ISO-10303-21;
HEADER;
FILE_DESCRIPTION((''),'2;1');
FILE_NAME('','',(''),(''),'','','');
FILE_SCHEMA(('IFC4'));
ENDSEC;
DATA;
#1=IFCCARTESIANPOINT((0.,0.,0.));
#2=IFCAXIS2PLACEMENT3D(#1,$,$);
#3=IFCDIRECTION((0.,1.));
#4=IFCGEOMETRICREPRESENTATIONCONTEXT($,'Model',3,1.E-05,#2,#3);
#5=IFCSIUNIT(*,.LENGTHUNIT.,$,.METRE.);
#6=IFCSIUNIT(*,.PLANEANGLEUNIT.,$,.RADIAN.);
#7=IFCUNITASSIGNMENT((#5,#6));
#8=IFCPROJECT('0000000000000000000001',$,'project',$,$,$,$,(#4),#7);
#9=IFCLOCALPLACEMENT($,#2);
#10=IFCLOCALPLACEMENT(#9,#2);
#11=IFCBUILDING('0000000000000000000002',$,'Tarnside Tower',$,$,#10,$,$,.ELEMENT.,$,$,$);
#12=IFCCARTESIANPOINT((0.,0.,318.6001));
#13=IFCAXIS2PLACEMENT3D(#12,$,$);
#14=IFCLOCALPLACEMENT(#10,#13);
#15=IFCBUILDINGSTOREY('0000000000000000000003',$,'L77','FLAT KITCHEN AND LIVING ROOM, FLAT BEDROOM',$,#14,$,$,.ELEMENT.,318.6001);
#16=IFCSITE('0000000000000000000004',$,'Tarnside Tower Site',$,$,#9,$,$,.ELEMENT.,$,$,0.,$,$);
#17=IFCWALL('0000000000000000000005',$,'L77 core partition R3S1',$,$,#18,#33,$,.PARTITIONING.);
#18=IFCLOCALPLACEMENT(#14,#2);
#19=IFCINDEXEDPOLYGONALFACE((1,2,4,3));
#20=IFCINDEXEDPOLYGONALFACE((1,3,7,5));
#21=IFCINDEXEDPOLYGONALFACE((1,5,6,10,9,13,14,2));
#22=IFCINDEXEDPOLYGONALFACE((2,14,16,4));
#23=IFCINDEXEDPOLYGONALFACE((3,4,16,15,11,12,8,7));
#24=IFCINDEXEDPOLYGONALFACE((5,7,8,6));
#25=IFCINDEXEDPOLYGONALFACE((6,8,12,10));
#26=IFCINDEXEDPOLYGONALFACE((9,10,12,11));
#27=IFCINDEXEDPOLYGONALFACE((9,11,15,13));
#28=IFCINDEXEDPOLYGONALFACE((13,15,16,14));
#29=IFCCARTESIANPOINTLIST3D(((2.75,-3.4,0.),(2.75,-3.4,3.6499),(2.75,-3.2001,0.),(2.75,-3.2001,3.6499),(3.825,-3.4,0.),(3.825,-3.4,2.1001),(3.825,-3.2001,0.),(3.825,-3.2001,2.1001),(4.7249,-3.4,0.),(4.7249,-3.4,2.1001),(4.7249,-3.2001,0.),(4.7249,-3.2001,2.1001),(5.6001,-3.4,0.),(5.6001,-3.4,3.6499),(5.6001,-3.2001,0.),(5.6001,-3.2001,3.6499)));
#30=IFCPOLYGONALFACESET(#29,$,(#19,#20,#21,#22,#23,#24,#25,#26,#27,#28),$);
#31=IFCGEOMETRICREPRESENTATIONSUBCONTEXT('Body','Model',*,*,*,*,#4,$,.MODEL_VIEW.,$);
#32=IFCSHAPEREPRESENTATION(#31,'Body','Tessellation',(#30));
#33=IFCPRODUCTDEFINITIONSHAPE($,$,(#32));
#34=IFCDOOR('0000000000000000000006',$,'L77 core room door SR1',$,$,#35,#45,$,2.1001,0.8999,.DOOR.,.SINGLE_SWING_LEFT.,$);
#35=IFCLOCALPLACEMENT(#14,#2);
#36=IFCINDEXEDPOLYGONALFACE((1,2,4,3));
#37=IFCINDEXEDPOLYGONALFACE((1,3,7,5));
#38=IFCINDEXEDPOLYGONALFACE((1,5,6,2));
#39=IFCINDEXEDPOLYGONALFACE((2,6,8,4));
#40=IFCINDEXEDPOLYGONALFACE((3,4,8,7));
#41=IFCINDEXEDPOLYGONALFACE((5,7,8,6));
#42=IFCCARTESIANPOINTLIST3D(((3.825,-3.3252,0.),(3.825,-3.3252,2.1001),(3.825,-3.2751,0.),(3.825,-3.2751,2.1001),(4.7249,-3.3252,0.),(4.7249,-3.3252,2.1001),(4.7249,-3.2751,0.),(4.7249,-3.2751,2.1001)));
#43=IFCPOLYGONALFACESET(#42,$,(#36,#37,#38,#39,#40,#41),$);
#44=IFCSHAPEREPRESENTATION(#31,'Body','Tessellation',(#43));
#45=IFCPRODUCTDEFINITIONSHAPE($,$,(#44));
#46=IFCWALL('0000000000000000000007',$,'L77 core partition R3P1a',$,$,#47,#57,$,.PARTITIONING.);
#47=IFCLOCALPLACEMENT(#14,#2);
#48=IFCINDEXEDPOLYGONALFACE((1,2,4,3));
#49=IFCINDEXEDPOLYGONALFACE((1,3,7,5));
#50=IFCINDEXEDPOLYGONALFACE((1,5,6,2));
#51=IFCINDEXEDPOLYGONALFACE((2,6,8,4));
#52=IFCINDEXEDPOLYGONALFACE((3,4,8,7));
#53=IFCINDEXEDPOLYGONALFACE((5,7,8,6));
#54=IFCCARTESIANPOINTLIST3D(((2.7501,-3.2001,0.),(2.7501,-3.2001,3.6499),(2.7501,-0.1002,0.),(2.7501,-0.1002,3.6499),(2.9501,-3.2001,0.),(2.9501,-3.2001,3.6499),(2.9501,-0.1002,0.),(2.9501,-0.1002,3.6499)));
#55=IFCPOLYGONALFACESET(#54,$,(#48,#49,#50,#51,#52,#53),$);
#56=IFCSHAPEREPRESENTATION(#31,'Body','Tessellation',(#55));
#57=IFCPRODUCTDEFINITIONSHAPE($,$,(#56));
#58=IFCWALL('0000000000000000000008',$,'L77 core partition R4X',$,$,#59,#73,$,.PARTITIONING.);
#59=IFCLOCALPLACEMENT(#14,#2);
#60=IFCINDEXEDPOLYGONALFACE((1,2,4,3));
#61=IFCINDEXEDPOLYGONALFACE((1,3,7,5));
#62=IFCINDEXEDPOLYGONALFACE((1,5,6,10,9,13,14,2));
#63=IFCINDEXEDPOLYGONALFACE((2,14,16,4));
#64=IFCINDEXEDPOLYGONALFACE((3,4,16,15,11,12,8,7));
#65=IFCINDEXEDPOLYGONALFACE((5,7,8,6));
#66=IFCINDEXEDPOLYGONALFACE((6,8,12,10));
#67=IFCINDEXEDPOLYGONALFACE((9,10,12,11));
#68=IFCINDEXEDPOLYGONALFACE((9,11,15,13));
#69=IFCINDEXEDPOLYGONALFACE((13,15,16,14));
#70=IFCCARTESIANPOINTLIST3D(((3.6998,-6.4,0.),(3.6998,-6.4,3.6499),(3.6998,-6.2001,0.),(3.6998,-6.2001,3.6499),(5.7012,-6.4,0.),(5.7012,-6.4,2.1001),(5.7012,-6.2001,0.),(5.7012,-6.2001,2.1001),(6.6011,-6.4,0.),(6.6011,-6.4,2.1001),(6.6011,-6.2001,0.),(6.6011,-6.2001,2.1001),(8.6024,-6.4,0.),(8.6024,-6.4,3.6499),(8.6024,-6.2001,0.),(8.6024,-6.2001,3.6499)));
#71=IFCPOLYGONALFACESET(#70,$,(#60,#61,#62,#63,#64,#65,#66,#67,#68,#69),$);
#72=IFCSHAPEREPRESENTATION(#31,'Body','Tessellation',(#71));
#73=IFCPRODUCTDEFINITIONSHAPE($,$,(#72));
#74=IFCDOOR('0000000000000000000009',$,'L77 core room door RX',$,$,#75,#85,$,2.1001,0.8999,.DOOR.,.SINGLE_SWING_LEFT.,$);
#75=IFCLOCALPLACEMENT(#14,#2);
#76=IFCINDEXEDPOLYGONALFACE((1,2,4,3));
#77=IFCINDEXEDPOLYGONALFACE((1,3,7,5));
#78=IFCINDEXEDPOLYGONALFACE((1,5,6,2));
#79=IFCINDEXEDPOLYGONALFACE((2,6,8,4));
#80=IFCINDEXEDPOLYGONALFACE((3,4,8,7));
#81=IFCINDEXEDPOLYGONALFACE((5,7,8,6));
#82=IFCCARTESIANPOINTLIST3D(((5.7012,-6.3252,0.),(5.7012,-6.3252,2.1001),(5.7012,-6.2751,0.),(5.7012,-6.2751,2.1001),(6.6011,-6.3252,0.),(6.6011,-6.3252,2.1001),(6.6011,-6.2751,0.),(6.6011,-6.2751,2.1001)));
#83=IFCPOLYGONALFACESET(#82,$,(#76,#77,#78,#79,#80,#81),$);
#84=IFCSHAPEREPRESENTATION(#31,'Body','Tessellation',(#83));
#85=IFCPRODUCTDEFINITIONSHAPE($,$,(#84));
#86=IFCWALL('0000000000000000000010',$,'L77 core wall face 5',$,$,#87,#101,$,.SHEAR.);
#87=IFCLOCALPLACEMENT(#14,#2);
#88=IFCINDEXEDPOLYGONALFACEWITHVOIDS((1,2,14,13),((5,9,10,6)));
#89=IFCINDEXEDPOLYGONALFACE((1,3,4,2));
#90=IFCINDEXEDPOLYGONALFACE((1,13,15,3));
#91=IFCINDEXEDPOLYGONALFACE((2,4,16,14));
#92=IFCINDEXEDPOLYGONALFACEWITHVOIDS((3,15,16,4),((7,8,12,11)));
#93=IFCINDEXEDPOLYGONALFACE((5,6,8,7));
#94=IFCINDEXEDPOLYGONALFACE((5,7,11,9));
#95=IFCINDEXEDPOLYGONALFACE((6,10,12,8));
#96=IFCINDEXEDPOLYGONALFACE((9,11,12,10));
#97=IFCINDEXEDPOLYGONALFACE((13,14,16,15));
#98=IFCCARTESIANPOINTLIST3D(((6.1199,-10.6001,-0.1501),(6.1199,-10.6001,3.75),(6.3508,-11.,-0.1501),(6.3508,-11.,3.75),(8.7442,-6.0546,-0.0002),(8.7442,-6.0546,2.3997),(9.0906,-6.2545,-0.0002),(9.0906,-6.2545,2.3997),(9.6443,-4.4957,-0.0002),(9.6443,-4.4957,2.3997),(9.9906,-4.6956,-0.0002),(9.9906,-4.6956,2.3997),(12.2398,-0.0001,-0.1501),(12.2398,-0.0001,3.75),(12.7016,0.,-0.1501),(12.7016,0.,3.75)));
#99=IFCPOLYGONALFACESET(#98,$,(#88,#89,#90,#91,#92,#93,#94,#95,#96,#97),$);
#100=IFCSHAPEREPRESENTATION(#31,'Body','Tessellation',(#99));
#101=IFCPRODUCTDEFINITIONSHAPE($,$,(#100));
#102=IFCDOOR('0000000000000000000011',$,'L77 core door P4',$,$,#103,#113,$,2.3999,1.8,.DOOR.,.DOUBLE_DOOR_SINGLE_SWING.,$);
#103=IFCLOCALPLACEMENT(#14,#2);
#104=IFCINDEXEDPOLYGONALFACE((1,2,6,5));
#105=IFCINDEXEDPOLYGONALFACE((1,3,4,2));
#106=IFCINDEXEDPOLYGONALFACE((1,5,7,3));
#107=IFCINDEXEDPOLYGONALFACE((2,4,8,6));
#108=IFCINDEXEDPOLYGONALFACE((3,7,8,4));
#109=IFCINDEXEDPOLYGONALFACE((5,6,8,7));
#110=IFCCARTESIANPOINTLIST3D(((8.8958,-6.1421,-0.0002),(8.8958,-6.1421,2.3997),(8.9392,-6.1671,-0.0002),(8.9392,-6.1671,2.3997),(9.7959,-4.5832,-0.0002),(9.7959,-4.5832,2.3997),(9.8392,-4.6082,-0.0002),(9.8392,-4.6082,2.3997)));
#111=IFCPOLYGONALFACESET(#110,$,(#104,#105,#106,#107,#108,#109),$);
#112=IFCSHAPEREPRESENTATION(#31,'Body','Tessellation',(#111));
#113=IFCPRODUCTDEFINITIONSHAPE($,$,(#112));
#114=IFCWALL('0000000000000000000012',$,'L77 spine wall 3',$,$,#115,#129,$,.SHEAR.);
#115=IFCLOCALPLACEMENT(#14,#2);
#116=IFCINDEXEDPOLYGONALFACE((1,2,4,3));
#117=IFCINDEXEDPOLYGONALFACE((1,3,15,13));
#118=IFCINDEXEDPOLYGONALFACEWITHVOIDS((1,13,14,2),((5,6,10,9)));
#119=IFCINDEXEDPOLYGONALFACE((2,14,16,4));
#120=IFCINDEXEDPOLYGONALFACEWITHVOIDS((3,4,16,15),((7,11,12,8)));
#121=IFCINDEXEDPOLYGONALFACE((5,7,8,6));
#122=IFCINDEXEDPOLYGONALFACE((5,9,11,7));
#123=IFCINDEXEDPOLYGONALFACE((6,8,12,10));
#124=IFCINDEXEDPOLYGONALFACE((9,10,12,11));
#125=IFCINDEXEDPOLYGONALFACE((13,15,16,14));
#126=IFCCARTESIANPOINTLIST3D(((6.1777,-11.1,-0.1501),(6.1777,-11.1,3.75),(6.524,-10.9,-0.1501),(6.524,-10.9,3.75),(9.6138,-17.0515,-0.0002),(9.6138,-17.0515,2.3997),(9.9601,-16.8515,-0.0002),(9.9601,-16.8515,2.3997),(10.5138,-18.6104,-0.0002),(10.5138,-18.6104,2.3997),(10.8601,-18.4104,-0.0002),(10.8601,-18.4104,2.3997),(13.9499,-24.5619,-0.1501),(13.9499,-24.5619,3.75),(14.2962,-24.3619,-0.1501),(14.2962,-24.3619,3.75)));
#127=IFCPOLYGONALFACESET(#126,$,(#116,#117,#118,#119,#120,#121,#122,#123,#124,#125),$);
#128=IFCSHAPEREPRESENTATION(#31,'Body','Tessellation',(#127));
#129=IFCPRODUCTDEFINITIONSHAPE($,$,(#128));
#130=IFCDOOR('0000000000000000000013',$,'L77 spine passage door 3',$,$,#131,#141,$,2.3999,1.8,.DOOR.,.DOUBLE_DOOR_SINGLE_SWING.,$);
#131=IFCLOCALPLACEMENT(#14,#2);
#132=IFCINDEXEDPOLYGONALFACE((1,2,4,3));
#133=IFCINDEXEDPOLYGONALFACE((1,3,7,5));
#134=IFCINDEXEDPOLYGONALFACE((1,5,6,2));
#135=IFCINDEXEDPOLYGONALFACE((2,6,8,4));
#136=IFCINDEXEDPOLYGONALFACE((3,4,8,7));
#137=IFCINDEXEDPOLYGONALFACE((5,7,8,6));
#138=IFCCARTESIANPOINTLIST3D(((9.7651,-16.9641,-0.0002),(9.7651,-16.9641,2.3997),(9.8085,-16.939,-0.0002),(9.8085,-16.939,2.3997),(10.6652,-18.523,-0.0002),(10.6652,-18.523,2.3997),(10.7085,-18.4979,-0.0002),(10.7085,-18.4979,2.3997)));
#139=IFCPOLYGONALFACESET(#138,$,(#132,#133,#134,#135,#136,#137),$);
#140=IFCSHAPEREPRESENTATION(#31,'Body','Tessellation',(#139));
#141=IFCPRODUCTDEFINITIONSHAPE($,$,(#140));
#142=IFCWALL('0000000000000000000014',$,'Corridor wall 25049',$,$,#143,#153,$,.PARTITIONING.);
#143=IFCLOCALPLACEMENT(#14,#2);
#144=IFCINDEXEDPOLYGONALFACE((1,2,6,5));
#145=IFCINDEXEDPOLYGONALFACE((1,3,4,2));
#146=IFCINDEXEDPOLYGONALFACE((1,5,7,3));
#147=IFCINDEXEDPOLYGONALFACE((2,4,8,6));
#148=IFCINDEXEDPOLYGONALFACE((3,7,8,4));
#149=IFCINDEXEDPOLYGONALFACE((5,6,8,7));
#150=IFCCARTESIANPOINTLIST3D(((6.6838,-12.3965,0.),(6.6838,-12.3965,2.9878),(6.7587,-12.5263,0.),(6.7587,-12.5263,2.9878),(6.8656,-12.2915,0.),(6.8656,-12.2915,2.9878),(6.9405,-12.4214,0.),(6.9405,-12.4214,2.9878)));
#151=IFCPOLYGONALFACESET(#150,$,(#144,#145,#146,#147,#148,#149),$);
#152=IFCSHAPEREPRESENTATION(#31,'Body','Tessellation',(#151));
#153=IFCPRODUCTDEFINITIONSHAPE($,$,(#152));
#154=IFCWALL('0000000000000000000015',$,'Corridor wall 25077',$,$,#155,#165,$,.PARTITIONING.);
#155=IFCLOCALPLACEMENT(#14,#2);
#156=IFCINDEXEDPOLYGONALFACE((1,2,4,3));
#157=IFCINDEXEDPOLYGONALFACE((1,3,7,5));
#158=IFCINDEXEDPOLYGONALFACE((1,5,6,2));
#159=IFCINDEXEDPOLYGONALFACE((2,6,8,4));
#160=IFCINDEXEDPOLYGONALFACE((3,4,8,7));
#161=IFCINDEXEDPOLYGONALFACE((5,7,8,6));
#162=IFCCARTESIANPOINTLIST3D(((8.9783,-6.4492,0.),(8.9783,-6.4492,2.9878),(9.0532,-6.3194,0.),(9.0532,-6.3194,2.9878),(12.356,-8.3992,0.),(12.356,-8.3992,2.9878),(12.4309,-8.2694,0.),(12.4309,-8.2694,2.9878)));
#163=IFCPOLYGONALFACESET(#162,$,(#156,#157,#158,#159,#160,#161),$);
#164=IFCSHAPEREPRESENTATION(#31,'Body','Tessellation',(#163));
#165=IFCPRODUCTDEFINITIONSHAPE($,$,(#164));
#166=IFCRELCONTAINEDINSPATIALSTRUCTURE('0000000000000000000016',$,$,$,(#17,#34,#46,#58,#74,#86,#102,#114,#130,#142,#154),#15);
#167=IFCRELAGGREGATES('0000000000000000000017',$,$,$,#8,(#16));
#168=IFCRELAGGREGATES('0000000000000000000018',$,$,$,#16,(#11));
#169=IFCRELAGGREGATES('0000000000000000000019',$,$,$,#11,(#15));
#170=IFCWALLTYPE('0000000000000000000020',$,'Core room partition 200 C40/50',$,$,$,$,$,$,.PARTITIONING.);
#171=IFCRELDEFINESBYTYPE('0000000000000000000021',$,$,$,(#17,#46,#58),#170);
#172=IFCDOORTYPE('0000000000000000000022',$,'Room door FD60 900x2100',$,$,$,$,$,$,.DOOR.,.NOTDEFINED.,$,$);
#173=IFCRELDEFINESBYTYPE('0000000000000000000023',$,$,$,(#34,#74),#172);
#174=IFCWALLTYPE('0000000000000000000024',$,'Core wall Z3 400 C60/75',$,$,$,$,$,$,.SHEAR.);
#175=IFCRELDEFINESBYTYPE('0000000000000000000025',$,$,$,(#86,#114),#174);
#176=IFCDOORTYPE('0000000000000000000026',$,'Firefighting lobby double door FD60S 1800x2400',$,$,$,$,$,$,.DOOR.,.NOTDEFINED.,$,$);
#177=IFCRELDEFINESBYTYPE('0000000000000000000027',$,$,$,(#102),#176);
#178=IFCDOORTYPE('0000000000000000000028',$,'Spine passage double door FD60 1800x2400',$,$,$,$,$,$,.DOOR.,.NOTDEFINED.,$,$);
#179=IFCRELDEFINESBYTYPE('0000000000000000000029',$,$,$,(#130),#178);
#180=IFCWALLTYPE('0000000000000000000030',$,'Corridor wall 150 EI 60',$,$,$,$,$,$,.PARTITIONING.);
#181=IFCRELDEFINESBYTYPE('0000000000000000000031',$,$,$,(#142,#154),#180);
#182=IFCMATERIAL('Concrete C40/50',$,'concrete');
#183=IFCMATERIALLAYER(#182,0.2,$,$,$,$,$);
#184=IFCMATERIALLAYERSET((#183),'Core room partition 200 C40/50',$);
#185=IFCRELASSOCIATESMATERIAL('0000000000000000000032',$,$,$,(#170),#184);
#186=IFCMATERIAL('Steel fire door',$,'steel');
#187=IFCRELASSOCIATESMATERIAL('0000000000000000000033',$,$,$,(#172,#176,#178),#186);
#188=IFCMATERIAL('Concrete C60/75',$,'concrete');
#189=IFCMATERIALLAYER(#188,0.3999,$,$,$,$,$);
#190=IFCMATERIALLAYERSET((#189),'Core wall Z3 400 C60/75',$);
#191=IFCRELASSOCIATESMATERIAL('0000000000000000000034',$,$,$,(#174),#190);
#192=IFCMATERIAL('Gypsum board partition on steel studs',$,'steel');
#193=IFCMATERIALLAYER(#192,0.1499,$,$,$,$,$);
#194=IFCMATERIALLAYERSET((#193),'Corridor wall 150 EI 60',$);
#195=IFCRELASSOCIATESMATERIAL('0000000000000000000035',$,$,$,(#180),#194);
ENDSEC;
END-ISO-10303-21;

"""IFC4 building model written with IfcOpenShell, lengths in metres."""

from ifc_helpers import new_model, si_unit, direction, frame, frame_2d, origin, place, context, subcontext, project, spatial, polyline, rectangle, outline, extrude, material, layer, layer_set, type_object, element, fill, save


model = new_model("IFC4")

# Units and contexts
model_context = context("Model", 3, precision=1e-05, world=origin(), true_north=direction((0.0, 1.0)))
body_context = subcontext(model_context, "Body", "Model", "MODEL_VIEW")
ifc_project = project(units=[si_unit("LENGTHUNIT", "METRE"), si_unit("PLANEANGLEUNIT", "RADIAN")], contexts=[model_context])

# Site, building, storey
site_placement = place(None, origin())
site = spatial("IfcSite", under=ifc_project, at=site_placement, Name="Tarnside Tower Site", CompositionType="ELEMENT", RefElevation=0.0)
building_placement = place(site_placement, origin())
building = spatial("IfcBuilding", under=site, at=building_placement, Name="Tarnside Tower", CompositionType="ELEMENT")
storey_placement = place(building_placement, frame((0.0, 0.0, 318.6001)))
storey = spatial("IfcBuildingStorey", under=building, at=storey_placement, Name="L77", Description="FLAT KITCHEN AND LIVING ROOM, FLAT BEDROOM", CompositionType="ELEMENT", Elevation=318.6001)

# Wall, opening, door
ifc_material_1 = material(Name="Concrete C40/50", Category="concrete")
ifc_layer_1 = layer(ifc_material_1, 0.2)
ifc_layer_set_1 = layer_set([ifc_layer_1], Name="Core room partition 200 C40/50")
wall_type_1 = type_object("IfcWallType", Name="Core room partition 200 C40/50", PredefinedType="PARTITIONING", material=ifc_layer_set_1)
wall_1_placement = place(storey_placement, frame((2.75, -3.3, 0.0), z_axis=(0.0, 0.0, 1.0), x_axis=(1.0, 0.0, 0.0)))
wall_1 = element("IfcWall", 1, at=wall_1_placement, inside=storey, type_object=wall_type_1, Name="L77 core partition R3S1", PredefinedType="PARTITIONING", context=body_context, shape_type="SweptSolid", body=[
    extrude(rectangle(XDim=2.8501, YDim=0.2, at=frame_2d((1.425, 0.0))), origin(), (0.0, 0.0, 1.0), 3.6499),
])
opening_1_placement = place(wall_1_placement, frame((1.075, 0.0, 0.0)))
opening_1 = element("IfcOpeningElement", 2, at=opening_1_placement, cuts=wall_1, PredefinedType="OPENING", context=body_context, shape_type="SweptSolid", body=[
    extrude(rectangle(XDim=0.8999, YDim=2.1001, at=frame_2d((0.45, 1.05))), frame((0.0, 0.1099, 0.0), z_axis=(0.0, -1.0, 0.0), x_axis=(1.0, 0.0, 0.0)), (0.0, 0.0, 1.0), 0.22),
])
ifc_material_2 = material(Name="Steel fire door", Category="steel")
door_type_1 = type_object("IfcDoorType", Name="Room door FD60 900x2100", OperationType="NOTDEFINED", PredefinedType="DOOR", material=ifc_material_2)
door_1_placement = place(opening_1_placement, origin())
door_1 = element("IfcDoor", 3, at=door_1_placement, inside=storey, type_object=door_type_1, Name="L77 core room door SR1", OperationType="SINGLE_SWING_LEFT", OverallHeight=2.1001, OverallWidth=0.8999, PredefinedType="DOOR", context=body_context, shape_type="SweptSolid", body=[
    extrude(rectangle(XDim=0.8999, YDim=2.1001, at=frame_2d((0.45, 1.05))), frame((0.0, 0.0249, 0.0), z_axis=(0.0, -1.0, 0.0), x_axis=(1.0, 0.0, 0.0)), (0.0, 0.0, 1.0), 0.05),
])
fill(opening_1, door_1)

# Wall
wall_2_placement = place(storey_placement, frame((2.8501, -3.2, 0.0), z_axis=(0.0, 0.0, 1.0), x_axis=(0.0, 1.0, 0.0)))
element("IfcWall", 4, at=wall_2_placement, inside=storey, type_object=wall_type_1, Name="L77 core partition R3P1a", PredefinedType="PARTITIONING", context=body_context, shape_type="SweptSolid", body=[
    extrude(rectangle(XDim=3.0999, YDim=0.2, at=frame_2d((1.5498, 0.0))), origin(), (0.0, 0.0, 1.0), 3.6499),
])

# Walls, openings, doors
wall_3_placement = place(storey_placement, frame((3.7, -6.3, 0.0), z_axis=(0.0, 0.0, 1.0), x_axis=(1.0, 0.0, 0.0)))
wall_3 = element("IfcWall", 5, at=wall_3_placement, inside=storey, type_object=wall_type_1, Name="L77 core partition R4X", PredefinedType="PARTITIONING", context=body_context, shape_type="SweptSolid", body=[
    extrude(rectangle(XDim=4.9026, YDim=0.2, at=frame_2d((2.4512, 0.0))), origin(), (0.0, 0.0, 1.0), 3.6499),
])
opening_2_placement = place(wall_3_placement, frame((2.0012, 0.0, 0.0)))
opening_2 = element("IfcOpeningElement", 6, at=opening_2_placement, cuts=wall_3, PredefinedType="OPENING", context=body_context, shape_type="SweptSolid", body=[
    extrude(rectangle(XDim=0.8999, YDim=2.1001, at=frame_2d((0.45, 1.05))), frame((0.0, 0.1099, 0.0), z_axis=(0.0, -1.0, 0.0), x_axis=(1.0, 0.0, 0.0)), (0.0, 0.0, 1.0), 0.22),
])
door_2_placement = place(opening_2_placement, origin())
door_2 = element("IfcDoor", 7, at=door_2_placement, inside=storey, type_object=door_type_1, Name="L77 core room door RX", OperationType="SINGLE_SWING_LEFT", OverallHeight=2.1001, OverallWidth=0.8999, PredefinedType="DOOR", context=body_context, shape_type="SweptSolid", body=[
    extrude(rectangle(XDim=0.8999, YDim=2.1001, at=frame_2d((0.45, 1.05))), frame((0.0, 0.0249, 0.0), z_axis=(0.0, -1.0, 0.0), x_axis=(1.0, 0.0, 0.0)), (0.0, 0.0, 1.0), 0.05),
])
fill(opening_2, door_2)
ifc_material_3 = material(Name="Concrete C60/75", Category="concrete")
ifc_layer_2 = layer(ifc_material_3, 0.3999)
ifc_layer_set_2 = layer_set([ifc_layer_2], Name="Core wall Z3 400 C60/75")
wall_type_2 = type_object("IfcWallType", Name="Core wall Z3 400 C60/75", PredefinedType="SHEAR", material=ifc_layer_set_2)
wall_4_placement = place(storey_placement, frame((6.2354, -10.8, -0.1501), z_axis=(0.0, 0.0, 1.0), x_axis=(0.499996, 0.866027, 0.0)))
wall_4 = element("IfcWall", 8, at=wall_4_placement, inside=storey, type_object=wall_type_2, Name="L77 core wall face 5", PredefinedType="SHEAR", context=body_context, shape_type="SweptSolid", body=[
    extrude(outline(polyline([(-0.1155, -0.2), (12.5862, -0.2), (12.3552, 0.2), (0.1155, 0.2), (-0.1155, -0.2)])), origin(), (0.0, 0.0, 1.0), 3.9001),
])
opening_3_placement = place(wall_4_placement, frame((5.3643, 0.0, 0.1499)))
opening_3 = element("IfcOpeningElement", 9, at=opening_3_placement, cuts=wall_4, PredefinedType="OPENING", context=body_context, shape_type="SweptSolid", body=[
    extrude(rectangle(XDim=1.8, YDim=2.3999, at=frame_2d((0.8999, 1.2))), frame((0.0, 0.21, 0.0), z_axis=(0.0, -1.0, 0.0), x_axis=(1.0, 0.0, 0.0)), (0.0, 0.0, 1.0), 0.4199),
])
door_type_2 = type_object("IfcDoorType", Name="Firefighting lobby double door FD60S 1800x2400", OperationType="NOTDEFINED", PredefinedType="DOOR", material=ifc_material_2)
door_3_placement = place(opening_3_placement, origin())
door_3 = element("IfcDoor", 10, at=door_3_placement, inside=storey, type_object=door_type_2, Name="L77 core door P4", OperationType="DOUBLE_DOOR_SINGLE_SWING", OverallHeight=2.3999, OverallWidth=1.8, PredefinedType="DOOR", context=body_context, shape_type="SweptSolid", body=[
    extrude(rectangle(XDim=1.8, YDim=2.3999, at=frame_2d((0.8999, 1.2))), frame((0.0, 0.0249, 0.0), z_axis=(0.0, -1.0, 0.0), x_axis=(1.0, 0.0, 0.0)), (0.0, 0.0, 1.0), 0.05),
])
fill(opening_3, door_3)
wall_5_placement = place(storey_placement, frame((6.3508, -11.0, -0.1501), z_axis=(0.0, 0.0, 1.0), x_axis=(0.499999, -0.866026, 0.0)))
wall_5 = element("IfcWall", 11, at=wall_5_placement, inside=storey, type_object=wall_type_2, Name="L77 spine wall 3", PredefinedType="SHEAR", context=body_context, shape_type="SweptSolid", body=[
    extrude(rectangle(XDim=15.5444, YDim=0.3999, at=frame_2d((7.7722, 0.0))), origin(), (0.0, 0.0, 1.0), 3.9001),
])
opening_4_placement = place(wall_5_placement, frame((6.8723, 0.0, 0.1499)))
opening_4 = element("IfcOpeningElement", 12, at=opening_4_placement, cuts=wall_5, PredefinedType="OPENING", context=body_context, shape_type="SweptSolid", body=[
    extrude(rectangle(XDim=1.8, YDim=2.3999, at=frame_2d((0.8999, 1.2))), frame((0.0, 0.21, 0.0), z_axis=(0.0, -1.0, 0.0), x_axis=(1.0, 0.0, 0.0)), (0.0, 0.0, 1.0), 0.4199),
])
door_type_3 = type_object("IfcDoorType", Name="Spine passage double door FD60 1800x2400", OperationType="NOTDEFINED", PredefinedType="DOOR", material=ifc_material_2)
door_4_placement = place(opening_4_placement, origin())
door_4 = element("IfcDoor", 13, at=door_4_placement, inside=storey, type_object=door_type_3, Name="L77 spine passage door 3", OperationType="DOUBLE_DOOR_SINGLE_SWING", OverallHeight=2.3999, OverallWidth=1.8, PredefinedType="DOOR", context=body_context, shape_type="SweptSolid", body=[
    extrude(rectangle(XDim=1.8, YDim=2.3999, at=frame_2d((0.8999, 1.2))), frame((0.0, 0.0249, 0.0), z_axis=(0.0, -1.0, 0.0), x_axis=(1.0, 0.0, 0.0)), (0.0, 0.0, 1.0), 0.05),
])
fill(opening_4, door_4)

# Walls
ifc_material_4 = material(Name="Gypsum board partition on steel studs", Category="steel")
ifc_layer_3 = layer(ifc_material_4, 0.1499)
ifc_layer_set_3 = layer_set([ifc_layer_3], Name="Corridor wall 150 EI 60")
wall_type_3 = type_object("IfcWallType", Name="Corridor wall 150 EI 60", PredefinedType="PARTITIONING", material=ifc_layer_set_3)
wall_6_placement = place(storey_placement, frame((6.9031, -12.3564, 0.0), z_axis=(0.0, 0.0, 1.0), x_axis=(-0.866089, -0.49989, 0.0)))
element("IfcWall", 14, at=wall_6_placement, inside=storey, type_object=wall_type_3, Name="Corridor wall 25049", PredefinedType="PARTITIONING", context=body_context, shape_type="SweptSolid", body=[
    extrude(rectangle(XDim=0.21, YDim=0.1499, at=frame_2d((0.105, 0.0))), origin(), (0.0, 0.0, 1.0), 2.9878),
])
wall_7_placement = place(storey_placement, frame((9.0156, -6.3843, 0.0), z_axis=(0.0, 0.0, 1.0), x_axis=(0.866043, -0.49997, 0.0)))
element("IfcWall", 15, at=wall_7_placement, inside=storey, type_object=wall_type_3, Name="Corridor wall 25077", PredefinedType="PARTITIONING", context=body_context, shape_type="SweptSolid", body=[
    extrude(rectangle(XDim=3.9001, YDim=0.1499, at=frame_2d((1.9502, 0.0))), origin(), (0.0, 0.0, 1.0), 2.9878),
])

save(model, "model.ifc")
